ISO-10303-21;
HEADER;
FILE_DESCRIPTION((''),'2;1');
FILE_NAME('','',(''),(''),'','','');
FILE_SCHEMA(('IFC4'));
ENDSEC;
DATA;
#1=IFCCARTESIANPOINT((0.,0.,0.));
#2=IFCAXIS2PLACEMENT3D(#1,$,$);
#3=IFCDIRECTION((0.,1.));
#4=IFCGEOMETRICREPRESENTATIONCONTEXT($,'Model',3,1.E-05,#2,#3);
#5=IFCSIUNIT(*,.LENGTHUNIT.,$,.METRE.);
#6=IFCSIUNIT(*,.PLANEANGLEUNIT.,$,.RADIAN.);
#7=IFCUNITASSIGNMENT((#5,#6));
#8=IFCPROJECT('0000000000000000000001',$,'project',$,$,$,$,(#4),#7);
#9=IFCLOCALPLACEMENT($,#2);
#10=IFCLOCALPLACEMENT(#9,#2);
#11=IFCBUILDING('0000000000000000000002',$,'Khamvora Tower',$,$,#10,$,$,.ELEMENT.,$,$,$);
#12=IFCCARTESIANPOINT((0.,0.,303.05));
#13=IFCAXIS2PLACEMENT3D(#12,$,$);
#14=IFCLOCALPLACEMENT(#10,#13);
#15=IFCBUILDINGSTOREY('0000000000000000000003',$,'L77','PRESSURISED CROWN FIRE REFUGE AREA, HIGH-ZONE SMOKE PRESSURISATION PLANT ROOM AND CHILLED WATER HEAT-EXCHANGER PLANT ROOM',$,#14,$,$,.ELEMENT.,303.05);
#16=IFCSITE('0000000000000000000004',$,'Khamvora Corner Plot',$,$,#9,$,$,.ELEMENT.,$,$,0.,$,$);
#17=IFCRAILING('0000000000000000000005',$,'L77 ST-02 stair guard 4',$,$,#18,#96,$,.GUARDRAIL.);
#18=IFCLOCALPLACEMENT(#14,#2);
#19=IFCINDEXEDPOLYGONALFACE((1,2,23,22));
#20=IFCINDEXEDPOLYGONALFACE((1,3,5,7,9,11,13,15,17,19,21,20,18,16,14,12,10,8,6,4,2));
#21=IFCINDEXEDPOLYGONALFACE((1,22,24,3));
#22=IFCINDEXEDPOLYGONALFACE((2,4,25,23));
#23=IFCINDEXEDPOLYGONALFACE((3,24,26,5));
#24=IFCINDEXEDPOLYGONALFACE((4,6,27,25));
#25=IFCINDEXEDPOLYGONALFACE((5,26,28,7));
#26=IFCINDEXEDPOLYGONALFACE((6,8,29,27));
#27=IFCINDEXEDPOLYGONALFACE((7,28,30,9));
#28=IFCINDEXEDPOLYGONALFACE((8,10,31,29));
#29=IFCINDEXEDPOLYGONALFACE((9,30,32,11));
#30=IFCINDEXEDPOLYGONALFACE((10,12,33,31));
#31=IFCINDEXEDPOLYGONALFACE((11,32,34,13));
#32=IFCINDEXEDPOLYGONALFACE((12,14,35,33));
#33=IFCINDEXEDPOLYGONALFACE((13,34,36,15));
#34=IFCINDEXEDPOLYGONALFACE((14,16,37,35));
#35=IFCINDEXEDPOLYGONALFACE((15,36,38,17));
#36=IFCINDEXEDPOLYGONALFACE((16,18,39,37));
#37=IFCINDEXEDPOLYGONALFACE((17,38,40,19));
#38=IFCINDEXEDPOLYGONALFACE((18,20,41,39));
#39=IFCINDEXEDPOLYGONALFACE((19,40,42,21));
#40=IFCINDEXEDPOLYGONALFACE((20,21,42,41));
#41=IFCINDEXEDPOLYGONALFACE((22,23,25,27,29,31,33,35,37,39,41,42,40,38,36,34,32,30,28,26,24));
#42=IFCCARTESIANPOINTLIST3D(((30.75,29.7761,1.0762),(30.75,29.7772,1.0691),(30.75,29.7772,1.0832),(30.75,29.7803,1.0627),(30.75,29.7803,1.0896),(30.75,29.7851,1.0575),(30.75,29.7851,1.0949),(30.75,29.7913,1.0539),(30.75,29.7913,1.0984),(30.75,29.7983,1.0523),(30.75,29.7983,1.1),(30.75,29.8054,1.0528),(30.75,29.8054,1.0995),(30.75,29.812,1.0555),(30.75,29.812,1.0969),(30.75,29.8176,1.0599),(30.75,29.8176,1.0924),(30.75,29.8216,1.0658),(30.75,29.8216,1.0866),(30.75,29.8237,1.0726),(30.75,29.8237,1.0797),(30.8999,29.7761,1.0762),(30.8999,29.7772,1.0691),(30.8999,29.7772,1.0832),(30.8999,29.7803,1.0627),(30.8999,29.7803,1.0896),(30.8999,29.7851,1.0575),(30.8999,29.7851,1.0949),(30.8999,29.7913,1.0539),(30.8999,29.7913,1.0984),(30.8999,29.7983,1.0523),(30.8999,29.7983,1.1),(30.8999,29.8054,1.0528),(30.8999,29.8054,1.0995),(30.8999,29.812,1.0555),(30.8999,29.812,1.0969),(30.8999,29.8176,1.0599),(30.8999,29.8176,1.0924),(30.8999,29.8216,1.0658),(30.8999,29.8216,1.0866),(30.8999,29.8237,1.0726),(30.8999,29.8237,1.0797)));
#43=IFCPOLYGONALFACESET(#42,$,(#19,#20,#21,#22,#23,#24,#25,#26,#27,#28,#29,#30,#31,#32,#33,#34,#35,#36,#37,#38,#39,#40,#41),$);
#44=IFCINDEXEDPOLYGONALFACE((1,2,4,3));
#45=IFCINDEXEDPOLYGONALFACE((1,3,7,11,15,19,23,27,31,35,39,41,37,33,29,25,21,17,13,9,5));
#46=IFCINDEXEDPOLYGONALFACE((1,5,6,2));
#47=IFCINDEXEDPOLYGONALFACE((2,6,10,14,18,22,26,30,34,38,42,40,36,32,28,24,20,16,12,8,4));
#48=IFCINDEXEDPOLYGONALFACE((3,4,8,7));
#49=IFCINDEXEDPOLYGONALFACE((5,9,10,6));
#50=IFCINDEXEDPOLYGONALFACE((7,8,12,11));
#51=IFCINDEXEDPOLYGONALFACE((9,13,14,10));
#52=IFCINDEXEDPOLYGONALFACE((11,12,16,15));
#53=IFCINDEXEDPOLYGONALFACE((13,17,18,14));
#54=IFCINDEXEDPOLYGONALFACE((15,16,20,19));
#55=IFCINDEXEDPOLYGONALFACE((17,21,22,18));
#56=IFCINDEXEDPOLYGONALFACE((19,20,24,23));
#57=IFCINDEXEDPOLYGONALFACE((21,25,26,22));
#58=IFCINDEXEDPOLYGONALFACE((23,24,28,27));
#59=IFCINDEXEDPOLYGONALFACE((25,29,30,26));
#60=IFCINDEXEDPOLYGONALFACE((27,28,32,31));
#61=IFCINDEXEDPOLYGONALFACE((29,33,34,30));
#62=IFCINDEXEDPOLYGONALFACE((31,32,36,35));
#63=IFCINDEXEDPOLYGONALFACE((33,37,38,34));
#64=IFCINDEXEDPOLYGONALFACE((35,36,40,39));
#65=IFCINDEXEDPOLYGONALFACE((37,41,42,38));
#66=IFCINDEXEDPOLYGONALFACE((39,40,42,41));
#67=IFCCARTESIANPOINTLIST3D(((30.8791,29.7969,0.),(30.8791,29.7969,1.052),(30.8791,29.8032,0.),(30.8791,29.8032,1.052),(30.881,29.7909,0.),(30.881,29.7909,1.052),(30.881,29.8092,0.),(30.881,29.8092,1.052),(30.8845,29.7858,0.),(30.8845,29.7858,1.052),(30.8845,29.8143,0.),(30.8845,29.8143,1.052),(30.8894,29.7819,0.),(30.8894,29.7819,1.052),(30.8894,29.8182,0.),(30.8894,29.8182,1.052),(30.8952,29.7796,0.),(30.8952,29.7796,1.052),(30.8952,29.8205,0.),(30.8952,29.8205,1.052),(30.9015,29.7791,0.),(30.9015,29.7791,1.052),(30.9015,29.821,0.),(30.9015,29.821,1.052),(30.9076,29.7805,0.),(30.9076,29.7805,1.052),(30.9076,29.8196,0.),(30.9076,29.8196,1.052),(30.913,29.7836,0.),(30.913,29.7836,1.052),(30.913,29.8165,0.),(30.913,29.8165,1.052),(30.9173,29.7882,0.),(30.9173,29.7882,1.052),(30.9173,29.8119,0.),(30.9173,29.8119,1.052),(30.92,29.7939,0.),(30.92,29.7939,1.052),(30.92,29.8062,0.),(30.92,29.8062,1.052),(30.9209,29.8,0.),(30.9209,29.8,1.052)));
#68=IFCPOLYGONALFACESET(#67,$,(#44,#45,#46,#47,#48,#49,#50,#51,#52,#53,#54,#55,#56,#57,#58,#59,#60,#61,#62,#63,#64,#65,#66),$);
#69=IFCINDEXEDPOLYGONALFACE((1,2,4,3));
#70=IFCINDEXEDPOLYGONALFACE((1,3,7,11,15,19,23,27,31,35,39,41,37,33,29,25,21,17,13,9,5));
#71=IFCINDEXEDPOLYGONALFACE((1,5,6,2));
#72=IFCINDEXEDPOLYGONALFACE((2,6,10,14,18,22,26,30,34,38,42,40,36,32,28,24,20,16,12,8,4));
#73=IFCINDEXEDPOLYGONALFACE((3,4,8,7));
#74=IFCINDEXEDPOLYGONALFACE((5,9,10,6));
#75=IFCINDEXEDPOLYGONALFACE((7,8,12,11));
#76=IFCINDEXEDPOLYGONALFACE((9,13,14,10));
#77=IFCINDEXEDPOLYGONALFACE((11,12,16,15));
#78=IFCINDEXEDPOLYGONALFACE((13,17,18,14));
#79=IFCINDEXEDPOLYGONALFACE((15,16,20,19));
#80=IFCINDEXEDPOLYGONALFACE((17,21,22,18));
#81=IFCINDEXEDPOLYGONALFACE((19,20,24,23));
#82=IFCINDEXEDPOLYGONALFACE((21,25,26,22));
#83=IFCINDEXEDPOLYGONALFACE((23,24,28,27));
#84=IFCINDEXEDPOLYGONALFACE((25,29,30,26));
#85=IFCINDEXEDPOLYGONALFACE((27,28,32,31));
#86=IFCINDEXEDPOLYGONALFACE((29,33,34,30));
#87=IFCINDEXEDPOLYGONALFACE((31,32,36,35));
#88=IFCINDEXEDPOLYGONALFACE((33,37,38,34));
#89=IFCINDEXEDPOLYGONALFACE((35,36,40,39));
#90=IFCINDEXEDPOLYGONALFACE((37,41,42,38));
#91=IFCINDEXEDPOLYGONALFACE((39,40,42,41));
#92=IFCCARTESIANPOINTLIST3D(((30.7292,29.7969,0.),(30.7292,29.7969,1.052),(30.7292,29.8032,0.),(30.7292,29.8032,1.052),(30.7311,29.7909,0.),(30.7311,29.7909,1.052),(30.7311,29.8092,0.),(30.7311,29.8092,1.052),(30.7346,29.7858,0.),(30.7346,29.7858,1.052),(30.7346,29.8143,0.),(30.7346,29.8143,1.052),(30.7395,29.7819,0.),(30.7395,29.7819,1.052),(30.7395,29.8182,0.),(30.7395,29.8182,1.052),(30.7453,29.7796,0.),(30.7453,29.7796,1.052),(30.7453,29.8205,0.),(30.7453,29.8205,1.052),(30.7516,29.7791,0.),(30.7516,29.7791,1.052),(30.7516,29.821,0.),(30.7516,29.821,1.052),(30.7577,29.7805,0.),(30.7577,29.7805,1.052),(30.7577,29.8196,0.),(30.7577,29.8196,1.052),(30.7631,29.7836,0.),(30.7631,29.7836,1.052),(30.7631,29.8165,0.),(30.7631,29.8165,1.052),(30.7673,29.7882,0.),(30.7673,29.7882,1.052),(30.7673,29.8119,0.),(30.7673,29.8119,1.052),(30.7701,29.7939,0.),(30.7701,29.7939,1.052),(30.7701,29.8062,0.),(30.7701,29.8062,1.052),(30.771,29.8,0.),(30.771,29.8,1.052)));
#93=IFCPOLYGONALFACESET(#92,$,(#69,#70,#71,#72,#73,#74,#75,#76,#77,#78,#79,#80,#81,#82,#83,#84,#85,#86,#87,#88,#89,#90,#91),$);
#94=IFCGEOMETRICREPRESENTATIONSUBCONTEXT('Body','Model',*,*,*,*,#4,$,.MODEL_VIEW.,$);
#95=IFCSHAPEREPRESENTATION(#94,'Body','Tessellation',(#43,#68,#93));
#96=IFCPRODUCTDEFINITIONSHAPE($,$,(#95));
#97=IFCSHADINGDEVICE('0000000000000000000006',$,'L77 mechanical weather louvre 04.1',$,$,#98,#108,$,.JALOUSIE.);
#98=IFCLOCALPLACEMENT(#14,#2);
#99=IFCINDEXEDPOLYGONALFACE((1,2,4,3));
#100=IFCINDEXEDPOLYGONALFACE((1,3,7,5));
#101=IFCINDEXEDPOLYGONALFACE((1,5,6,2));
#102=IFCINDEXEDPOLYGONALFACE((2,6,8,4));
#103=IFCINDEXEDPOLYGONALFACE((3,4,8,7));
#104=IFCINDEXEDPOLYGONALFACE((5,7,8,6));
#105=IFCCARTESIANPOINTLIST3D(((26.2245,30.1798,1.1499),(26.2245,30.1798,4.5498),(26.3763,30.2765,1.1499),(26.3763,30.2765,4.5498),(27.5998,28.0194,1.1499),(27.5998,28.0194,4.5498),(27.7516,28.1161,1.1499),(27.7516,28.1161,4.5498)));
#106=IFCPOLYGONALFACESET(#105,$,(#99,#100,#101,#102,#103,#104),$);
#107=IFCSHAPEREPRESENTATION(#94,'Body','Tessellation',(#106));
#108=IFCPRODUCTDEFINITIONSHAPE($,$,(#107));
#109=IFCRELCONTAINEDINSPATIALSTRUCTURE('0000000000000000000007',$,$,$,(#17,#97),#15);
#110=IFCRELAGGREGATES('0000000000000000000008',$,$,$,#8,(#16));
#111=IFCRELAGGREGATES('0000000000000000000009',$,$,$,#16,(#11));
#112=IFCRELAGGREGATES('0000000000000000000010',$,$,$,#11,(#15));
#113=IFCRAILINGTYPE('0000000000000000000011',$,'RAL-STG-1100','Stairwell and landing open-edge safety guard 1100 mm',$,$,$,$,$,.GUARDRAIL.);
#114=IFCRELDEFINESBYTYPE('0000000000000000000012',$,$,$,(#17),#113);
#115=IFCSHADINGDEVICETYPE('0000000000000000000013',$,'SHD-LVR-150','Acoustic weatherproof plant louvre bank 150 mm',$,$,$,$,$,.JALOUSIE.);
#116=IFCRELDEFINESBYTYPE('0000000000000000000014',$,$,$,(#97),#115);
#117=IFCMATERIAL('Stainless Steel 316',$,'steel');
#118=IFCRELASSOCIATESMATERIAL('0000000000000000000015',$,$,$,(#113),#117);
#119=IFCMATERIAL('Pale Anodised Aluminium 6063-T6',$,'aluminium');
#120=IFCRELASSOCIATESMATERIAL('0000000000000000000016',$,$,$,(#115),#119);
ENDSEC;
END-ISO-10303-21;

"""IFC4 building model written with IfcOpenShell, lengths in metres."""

from ifc_helpers import new_model, si_unit, direction, frame, origin, origin_2d, place, context, subcontext, project, spatial, rectangle, circle, extrude, material, type_object, element, save


model = new_model("IFC4")

# Units and contexts
model_context = context("Model", 3, precision=1e-05, world=origin(), true_north=direction((0.0, 1.0)))
body_context = subcontext(model_context, "Body", "Model", "MODEL_VIEW")
ifc_project = project(units=[si_unit("LENGTHUNIT", "METRE"), si_unit("PLANEANGLEUNIT", "RADIAN")], contexts=[model_context])

# Site, building, storey
site_placement = place(None, origin())
site = spatial("IfcSite", under=ifc_project, at=site_placement, Name="Khamvora Corner Plot", CompositionType="ELEMENT", RefElevation=0.0)
building_placement = place(site_placement, origin())
building = spatial("IfcBuilding", under=site, at=building_placement, Name="Khamvora Tower", CompositionType="ELEMENT")
storey_placement = place(building_placement, frame((0.0, 0.0, 303.05)))
storey = spatial("IfcBuildingStorey", under=building, at=storey_placement, Name="L77", Description="PRESSURISED CROWN FIRE REFUGE AREA, HIGH-ZONE SMOKE PRESSURISATION PLANT ROOM AND CHILLED WATER HEAT-EXCHANGER PLANT ROOM", CompositionType="ELEMENT", Elevation=303.05)

# Railing
ifc_material_1 = material(Name="Stainless Steel 316", Category="steel")
railing_type_1 = type_object("IfcRailingType", Name="RAL-STG-1100", Description="Stairwell and landing open-edge safety guard 1100 mm", PredefinedType="GUARDRAIL", material=ifc_material_1)
railing_1_placement = place(storey_placement, frame((30.8999, 29.8, 0.0)))
element("IfcRailing", 1, at=railing_1_placement, inside=storey, type_object=railing_type_1, Name="L77 ST-02 stair guard 4", PredefinedType="GUARDRAIL", context=body_context, shape_type="SweptSolid", body=[
    extrude(circle(Radius=0.0239, at=origin_2d()), frame((0.0, 0.0, 1.0762), z_axis=(-1.0, 0.0, 0.0), x_axis=(0.0, -1.0, 0.0)), (0.0, 0.0, 1.0), 0.1499),
    extrude(circle(Radius=0.021, at=origin_2d()), origin(), (0.0, 0.0, 1.0), 1.052),
    extrude(circle(Radius=0.021, at=origin_2d()), frame((-0.1499, 0.0, 0.0)), (0.0, 0.0, 1.0), 1.052),
])

# Shading device
ifc_material_2 = material(Name="Pale Anodised Aluminium 6063-T6", Category="aluminium")
shading_device_type = type_object("IfcShadingDeviceType", Name="SHD-LVR-150", Description="Acoustic weatherproof plant louvre bank 150 mm", PredefinedType="JALOUSIE", material=ifc_material_2)
shading_device_placement = place(storey_placement, frame((26.988, 29.1479, 1.1499), z_axis=(0.0, 0.0, 1.0), x_axis=(-0.537022, 0.843568, 0.0)))
element("IfcShadingDevice", 2, at=shading_device_placement, inside=storey, type_object=shading_device_type, Name="L77 mechanical weather louvre 04.1", PredefinedType="JALOUSIE", context=body_context, shape_type="SweptSolid", body=[
    extrude(rectangle(XDim=2.561, YDim=0.1799, at=origin_2d()), origin(), (0.0, 0.0, 1.0), 3.3999),
])

save(model, "model.ifc")
